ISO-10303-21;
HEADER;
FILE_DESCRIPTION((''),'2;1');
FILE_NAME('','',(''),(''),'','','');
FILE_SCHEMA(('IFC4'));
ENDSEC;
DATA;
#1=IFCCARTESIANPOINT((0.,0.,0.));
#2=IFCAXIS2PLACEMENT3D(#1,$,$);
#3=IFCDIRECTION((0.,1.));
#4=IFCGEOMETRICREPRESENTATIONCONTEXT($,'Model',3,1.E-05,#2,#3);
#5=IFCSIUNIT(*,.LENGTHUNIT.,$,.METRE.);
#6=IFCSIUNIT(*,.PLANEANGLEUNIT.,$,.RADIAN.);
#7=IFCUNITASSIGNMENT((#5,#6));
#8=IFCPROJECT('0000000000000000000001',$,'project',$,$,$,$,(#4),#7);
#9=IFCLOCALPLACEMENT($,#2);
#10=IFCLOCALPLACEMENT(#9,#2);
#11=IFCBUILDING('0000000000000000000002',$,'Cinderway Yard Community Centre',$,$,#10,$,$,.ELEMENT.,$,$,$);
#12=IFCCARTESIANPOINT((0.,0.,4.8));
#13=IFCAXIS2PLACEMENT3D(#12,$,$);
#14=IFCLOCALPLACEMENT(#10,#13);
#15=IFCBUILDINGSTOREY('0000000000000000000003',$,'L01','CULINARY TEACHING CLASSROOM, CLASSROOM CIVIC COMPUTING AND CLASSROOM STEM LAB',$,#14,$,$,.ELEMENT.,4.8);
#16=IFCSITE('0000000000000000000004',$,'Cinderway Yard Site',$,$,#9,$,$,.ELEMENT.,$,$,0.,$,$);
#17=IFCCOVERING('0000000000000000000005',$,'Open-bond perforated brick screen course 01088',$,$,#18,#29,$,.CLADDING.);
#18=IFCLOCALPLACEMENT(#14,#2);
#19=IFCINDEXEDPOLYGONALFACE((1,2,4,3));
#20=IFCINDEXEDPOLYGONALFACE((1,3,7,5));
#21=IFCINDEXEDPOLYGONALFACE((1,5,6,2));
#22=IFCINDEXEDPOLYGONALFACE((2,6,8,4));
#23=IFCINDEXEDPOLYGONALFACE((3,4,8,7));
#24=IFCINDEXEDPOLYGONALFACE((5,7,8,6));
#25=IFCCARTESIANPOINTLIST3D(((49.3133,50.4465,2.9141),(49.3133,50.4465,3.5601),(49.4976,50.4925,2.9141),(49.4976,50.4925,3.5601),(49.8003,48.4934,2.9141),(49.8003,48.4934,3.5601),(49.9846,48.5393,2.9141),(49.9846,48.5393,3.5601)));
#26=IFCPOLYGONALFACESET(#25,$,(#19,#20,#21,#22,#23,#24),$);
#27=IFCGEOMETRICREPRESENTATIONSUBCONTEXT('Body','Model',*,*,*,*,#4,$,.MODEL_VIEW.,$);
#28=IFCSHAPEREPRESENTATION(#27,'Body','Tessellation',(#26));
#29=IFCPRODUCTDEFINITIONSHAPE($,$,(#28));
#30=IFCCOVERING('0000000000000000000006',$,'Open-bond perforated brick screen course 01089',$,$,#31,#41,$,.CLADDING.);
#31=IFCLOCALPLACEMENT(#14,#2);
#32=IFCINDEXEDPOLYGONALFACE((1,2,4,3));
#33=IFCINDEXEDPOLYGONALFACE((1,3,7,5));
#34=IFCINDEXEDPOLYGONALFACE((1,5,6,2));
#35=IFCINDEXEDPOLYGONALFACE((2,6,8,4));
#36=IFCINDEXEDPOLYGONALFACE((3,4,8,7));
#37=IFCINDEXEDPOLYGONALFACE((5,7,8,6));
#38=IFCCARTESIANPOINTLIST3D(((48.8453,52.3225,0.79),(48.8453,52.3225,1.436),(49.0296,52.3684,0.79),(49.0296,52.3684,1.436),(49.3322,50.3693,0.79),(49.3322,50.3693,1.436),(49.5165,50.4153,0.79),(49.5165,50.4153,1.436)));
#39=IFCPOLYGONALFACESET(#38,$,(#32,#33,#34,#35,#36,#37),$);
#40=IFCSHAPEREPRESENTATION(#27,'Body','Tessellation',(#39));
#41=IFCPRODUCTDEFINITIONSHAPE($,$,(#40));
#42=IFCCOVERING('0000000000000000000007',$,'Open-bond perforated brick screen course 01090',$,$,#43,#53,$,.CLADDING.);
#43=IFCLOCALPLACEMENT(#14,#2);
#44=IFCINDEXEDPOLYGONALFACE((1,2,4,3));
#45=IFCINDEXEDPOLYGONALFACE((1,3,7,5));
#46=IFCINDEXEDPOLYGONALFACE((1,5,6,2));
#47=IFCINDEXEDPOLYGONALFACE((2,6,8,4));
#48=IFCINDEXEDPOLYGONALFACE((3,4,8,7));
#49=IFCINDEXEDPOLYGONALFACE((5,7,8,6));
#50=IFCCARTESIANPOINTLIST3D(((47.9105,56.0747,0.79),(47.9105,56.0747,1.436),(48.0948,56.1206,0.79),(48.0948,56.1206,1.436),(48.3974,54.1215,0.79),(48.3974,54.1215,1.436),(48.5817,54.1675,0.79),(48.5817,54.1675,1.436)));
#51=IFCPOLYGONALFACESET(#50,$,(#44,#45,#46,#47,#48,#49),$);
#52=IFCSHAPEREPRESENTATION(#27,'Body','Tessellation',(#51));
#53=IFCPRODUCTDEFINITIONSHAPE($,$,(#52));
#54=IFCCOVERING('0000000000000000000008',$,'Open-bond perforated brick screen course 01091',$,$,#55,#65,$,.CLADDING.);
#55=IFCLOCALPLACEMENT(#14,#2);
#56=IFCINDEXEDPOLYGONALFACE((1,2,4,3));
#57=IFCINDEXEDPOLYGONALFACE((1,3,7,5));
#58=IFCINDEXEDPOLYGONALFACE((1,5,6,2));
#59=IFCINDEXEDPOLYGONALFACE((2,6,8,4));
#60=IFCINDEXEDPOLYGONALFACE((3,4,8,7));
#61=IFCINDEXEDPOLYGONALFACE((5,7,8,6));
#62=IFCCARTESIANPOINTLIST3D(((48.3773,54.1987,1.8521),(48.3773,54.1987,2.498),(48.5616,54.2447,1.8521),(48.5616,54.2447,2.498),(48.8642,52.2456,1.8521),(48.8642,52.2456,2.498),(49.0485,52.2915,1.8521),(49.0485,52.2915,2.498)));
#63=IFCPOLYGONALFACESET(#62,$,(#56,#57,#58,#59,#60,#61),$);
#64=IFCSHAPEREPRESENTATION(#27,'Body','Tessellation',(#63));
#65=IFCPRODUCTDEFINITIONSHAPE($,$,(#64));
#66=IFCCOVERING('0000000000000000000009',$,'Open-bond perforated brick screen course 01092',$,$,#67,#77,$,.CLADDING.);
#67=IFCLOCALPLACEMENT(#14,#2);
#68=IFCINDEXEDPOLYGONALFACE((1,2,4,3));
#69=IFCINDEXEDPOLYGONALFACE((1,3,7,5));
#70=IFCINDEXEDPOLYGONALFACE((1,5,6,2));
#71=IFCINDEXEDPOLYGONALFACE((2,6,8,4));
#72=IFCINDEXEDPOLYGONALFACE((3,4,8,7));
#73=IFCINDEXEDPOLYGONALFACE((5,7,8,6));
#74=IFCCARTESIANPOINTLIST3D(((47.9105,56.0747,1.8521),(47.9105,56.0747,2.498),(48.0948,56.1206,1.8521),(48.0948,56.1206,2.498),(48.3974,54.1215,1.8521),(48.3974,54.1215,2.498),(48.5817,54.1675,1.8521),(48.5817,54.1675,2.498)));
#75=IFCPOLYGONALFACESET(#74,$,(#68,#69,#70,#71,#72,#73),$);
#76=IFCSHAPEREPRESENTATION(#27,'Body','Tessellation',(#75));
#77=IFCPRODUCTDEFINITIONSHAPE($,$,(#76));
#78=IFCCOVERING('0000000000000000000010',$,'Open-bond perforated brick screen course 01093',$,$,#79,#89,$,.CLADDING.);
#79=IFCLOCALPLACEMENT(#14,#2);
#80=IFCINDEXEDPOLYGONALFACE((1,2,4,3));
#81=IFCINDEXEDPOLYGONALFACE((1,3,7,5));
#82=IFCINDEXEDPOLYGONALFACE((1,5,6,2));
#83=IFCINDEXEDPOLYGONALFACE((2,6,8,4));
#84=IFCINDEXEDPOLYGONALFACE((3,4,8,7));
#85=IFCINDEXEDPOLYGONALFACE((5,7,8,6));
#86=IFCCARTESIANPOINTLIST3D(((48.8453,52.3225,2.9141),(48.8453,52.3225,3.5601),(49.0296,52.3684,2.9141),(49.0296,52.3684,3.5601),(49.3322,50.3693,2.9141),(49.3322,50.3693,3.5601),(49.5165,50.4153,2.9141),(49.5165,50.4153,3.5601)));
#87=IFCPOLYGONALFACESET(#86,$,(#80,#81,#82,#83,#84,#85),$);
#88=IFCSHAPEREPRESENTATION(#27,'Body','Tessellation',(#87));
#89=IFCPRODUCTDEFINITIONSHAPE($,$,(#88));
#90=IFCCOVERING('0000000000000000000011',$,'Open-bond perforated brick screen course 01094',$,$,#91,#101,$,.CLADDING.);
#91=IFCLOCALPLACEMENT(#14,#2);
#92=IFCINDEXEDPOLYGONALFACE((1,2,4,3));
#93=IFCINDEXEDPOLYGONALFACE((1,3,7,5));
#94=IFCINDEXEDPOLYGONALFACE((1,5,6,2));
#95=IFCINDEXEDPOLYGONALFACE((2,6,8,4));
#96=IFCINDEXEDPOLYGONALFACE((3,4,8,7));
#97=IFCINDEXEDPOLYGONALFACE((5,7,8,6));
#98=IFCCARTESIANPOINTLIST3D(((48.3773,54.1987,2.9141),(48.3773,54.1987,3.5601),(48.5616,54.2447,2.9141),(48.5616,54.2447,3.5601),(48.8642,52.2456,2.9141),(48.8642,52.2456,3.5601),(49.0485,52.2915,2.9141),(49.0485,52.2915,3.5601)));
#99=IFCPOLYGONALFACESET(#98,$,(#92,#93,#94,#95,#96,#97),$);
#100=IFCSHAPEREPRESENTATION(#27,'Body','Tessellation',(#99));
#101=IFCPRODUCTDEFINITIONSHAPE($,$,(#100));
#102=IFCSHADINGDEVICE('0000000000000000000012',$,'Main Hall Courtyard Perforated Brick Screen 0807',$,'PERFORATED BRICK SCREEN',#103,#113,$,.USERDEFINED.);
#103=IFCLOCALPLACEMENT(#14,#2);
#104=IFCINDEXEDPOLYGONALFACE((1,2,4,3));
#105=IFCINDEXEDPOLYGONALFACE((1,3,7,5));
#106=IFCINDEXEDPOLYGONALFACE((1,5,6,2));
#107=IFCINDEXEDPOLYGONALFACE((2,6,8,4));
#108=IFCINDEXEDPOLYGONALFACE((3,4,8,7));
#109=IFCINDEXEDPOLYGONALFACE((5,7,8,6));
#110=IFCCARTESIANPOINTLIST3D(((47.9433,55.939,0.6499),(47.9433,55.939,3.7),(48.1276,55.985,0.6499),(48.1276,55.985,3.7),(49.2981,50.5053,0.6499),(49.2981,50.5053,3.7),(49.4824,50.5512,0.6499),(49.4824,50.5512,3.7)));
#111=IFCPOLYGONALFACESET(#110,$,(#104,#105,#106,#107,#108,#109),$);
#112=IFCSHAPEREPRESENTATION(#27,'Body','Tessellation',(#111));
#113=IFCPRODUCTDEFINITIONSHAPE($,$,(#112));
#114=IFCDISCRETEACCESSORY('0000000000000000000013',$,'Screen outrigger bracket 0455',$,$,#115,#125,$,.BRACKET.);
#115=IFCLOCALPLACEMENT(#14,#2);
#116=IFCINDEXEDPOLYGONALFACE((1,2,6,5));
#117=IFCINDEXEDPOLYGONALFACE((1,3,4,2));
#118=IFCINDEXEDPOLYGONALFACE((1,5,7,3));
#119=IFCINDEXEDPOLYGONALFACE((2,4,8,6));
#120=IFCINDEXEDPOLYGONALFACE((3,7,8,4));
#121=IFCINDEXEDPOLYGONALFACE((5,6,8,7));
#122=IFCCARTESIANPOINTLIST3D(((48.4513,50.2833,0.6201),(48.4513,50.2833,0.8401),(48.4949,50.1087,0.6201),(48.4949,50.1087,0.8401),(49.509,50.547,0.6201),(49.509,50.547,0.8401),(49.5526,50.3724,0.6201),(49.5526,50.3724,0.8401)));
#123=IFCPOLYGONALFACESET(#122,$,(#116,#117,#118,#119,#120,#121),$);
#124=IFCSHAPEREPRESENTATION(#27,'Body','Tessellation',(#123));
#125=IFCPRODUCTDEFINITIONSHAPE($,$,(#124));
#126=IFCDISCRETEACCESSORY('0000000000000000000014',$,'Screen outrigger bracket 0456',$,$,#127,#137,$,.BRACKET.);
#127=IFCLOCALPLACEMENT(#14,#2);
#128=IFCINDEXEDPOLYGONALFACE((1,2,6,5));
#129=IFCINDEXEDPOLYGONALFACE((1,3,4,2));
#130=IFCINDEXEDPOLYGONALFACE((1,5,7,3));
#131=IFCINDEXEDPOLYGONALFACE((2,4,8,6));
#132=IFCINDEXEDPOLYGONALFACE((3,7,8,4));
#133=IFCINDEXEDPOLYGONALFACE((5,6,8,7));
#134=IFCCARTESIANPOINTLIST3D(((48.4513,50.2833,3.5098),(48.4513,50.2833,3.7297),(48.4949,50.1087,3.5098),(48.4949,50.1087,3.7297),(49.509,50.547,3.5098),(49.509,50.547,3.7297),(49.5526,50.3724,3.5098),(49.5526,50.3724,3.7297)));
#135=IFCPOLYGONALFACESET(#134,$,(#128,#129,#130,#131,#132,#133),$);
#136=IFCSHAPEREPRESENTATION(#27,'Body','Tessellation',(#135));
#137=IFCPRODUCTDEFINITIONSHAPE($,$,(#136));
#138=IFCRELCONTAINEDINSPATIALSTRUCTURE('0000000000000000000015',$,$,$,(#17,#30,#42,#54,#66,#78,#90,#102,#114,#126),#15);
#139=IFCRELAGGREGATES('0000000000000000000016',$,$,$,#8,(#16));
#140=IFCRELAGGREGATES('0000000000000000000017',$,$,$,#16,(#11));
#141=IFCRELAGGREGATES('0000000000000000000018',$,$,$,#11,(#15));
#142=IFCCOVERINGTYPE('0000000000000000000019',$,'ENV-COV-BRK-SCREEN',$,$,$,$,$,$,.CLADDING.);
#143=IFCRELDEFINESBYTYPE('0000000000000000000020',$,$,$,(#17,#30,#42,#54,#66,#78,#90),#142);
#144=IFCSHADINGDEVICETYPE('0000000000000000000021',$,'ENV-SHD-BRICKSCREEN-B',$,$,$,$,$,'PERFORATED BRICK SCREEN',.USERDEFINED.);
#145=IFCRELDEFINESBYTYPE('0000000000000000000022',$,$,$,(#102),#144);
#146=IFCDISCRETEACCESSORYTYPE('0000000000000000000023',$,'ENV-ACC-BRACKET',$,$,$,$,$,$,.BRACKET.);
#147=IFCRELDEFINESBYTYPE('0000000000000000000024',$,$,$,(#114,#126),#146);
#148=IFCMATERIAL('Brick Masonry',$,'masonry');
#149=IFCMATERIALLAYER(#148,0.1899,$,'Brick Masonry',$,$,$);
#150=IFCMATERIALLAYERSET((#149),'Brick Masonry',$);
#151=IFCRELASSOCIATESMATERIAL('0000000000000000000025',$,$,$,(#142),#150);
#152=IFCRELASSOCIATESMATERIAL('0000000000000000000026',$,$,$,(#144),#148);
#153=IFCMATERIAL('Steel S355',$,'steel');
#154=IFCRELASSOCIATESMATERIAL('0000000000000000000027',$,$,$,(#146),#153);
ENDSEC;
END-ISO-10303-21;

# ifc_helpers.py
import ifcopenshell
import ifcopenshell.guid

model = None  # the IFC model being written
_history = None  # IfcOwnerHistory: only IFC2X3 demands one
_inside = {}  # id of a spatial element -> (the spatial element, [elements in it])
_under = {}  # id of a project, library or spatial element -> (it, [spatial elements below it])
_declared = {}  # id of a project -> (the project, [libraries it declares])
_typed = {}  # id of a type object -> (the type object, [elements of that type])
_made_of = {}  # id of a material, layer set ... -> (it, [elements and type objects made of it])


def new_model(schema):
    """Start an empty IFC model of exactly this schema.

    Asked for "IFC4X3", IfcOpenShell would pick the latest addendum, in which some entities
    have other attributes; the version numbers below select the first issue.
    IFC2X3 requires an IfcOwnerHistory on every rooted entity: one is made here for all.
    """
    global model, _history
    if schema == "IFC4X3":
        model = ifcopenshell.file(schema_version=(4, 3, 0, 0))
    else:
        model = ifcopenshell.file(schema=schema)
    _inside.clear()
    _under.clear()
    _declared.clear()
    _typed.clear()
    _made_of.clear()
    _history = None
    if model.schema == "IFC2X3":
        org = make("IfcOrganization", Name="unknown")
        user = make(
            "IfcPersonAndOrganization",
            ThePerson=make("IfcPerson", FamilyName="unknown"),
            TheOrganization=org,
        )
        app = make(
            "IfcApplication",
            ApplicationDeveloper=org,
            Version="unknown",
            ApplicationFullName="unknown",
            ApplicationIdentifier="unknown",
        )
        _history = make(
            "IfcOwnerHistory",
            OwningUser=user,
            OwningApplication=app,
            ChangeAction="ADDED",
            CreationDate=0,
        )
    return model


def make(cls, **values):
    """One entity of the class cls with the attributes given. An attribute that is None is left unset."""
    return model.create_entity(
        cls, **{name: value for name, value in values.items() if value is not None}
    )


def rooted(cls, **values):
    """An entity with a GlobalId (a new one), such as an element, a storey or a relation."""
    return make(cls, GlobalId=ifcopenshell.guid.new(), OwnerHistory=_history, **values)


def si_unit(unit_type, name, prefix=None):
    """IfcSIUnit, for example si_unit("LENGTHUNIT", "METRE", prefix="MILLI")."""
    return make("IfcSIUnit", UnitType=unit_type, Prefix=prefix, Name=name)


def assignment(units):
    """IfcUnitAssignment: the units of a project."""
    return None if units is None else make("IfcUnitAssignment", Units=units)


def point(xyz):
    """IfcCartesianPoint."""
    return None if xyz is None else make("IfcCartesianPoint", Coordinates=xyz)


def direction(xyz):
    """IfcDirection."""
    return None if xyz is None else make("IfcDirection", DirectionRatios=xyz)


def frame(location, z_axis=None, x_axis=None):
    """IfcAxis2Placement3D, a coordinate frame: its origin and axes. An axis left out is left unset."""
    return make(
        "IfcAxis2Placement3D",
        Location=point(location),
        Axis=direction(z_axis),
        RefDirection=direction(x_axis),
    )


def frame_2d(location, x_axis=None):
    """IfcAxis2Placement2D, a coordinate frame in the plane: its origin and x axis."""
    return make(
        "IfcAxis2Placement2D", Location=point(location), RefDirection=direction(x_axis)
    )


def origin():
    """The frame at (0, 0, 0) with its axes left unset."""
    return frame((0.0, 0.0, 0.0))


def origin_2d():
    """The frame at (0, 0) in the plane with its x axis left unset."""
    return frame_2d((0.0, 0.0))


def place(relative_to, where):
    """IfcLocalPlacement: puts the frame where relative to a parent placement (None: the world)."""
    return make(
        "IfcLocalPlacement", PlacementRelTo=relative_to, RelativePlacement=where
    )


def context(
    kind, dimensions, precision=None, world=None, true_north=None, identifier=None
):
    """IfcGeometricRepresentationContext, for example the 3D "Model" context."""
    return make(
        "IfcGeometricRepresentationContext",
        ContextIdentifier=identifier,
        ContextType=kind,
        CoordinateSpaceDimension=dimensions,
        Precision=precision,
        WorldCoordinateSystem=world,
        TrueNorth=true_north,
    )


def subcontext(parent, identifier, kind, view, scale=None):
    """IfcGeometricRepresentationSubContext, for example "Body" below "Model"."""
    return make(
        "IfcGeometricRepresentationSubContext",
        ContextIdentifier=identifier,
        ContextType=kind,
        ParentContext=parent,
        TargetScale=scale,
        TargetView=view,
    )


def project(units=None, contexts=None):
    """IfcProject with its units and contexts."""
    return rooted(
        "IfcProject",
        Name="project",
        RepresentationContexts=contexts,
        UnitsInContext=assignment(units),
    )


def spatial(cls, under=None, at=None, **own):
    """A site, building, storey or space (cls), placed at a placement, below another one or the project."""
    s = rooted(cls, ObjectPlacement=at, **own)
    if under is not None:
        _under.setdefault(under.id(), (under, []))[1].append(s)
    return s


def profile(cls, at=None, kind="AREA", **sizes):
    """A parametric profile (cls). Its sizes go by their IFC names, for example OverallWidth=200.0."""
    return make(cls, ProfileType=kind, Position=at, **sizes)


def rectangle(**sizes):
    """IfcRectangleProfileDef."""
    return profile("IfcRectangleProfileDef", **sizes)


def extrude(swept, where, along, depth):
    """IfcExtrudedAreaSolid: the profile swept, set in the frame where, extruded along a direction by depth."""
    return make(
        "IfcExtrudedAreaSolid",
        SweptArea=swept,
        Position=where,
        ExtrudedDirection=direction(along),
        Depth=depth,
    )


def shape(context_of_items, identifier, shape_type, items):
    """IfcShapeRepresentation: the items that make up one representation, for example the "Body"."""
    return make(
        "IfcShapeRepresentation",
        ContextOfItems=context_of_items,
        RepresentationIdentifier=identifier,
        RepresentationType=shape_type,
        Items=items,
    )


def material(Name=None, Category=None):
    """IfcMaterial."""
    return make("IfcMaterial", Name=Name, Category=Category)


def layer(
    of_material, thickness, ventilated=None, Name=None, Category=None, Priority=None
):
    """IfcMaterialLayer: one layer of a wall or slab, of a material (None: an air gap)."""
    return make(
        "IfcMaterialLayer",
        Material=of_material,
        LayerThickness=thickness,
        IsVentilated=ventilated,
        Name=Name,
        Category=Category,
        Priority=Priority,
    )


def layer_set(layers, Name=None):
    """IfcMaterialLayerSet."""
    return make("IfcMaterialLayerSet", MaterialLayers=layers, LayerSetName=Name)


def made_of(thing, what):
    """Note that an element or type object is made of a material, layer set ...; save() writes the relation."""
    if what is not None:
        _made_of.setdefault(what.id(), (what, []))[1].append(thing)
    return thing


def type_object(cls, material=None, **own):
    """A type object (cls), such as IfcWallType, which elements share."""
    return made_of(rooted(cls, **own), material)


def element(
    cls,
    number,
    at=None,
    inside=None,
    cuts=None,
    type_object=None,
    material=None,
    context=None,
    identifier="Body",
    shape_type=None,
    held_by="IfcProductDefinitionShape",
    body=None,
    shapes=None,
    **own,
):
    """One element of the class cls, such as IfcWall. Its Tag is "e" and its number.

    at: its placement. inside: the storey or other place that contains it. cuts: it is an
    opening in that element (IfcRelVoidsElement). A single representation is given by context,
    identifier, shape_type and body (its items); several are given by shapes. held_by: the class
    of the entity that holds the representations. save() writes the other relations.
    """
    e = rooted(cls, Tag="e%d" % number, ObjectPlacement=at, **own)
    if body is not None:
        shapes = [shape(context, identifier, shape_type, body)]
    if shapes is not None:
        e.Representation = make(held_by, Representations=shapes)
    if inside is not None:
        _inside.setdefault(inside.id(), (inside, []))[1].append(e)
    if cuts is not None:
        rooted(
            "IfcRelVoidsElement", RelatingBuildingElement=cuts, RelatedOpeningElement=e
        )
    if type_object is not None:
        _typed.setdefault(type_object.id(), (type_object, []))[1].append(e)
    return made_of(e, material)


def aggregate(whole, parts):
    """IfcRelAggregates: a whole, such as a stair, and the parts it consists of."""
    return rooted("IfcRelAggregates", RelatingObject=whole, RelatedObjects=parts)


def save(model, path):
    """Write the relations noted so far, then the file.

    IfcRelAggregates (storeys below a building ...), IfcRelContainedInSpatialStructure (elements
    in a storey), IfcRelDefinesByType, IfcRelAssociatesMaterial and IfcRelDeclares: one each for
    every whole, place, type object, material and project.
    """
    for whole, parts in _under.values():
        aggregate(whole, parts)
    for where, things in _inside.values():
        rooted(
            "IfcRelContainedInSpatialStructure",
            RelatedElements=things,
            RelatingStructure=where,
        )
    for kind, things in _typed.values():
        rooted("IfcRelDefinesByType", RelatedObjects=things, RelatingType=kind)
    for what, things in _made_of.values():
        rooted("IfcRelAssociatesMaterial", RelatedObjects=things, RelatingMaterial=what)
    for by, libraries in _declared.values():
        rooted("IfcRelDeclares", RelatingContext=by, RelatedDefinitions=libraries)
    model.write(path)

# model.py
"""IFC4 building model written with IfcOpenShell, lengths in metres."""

from ifc_helpers import new_model, si_unit, direction, frame, origin, origin_2d, place, context, subcontext, project, spatial, rectangle, extrude, material, layer, layer_set, type_object, element, save


model = new_model("IFC4")

# Units and contexts
model_context = context("Model", 3, precision=1e-05, world=origin(), true_north=direction((0.0, 1.0)))
body_context = subcontext(model_context, "Body", "Model", "MODEL_VIEW")
ifc_project = project(units=[si_unit("LENGTHUNIT", "METRE"), si_unit("PLANEANGLEUNIT", "RADIAN")], contexts=[model_context])

# Site, building, storey
site_placement = place(None, origin())
site = spatial("IfcSite", under=ifc_project, at=site_placement, Name="Cinderway Yard Site", CompositionType="ELEMENT", RefElevation=0.0)
building_placement = place(site_placement, origin())
building = spatial("IfcBuilding", under=site, at=building_placement, Name="Cinderway Yard Community Centre", CompositionType="ELEMENT")
storey_placement = place(building_placement, frame((0.0, 0.0, 4.8)))
storey = spatial("IfcBuildingStorey", under=building, at=storey_placement, Name="L01", Description="CULINARY TEACHING CLASSROOM, CLASSROOM CIVIC COMPUTING AND CLASSROOM STEM LAB", CompositionType="ELEMENT", Elevation=4.8)

# Shared definitions
ifc_material_1 = material(Name="Steel S355", Category="steel")

# Coverings
ifc_material_2 = material(Name="Brick Masonry", Category="masonry")
ifc_layer_1 = layer(ifc_material_2, 0.1899, Name="Brick Masonry")
ifc_layer_set_1 = layer_set([ifc_layer_1], Name="Brick Masonry")
covering_type = type_object("IfcCoveringType", Name="ENV-COV-BRK-SCREEN", PredefinedType="CLADDING", material=ifc_layer_set_1)
for number, where, z_axis, x_axis, name in (
    (1, (49.6489, 49.4929, 2.9141), (0.0, 0.0, 1.0), (0.241922, -0.970296, 0.0), "Open-bond perforated brick screen course 01088"),
    (2, (49.1809, 51.3689, 0.79), (0.0, 0.0, 1.0), (0.241922, -0.970296, 0.0), "Open-bond perforated brick screen course 01089"),
    (3, (48.2461, 55.1211, 0.79), (0.0, 0.0, 1.0), (0.241922, -0.970296, 0.0), "Open-bond perforated brick screen course 01090"),
    (4, (48.7129, 53.2451, 1.8521), (0.0, 0.0, 1.0), (0.241922, -0.970296, 0.0), "Open-bond perforated brick screen course 01091"),
    (5, (48.2461, 55.1211, 1.8521), (0.0, 0.0, 1.0), (0.241922, -0.970296, 0.0), "Open-bond perforated brick screen course 01092"),
    (6, (49.1809, 51.3689, 2.9141), (0.0, 0.0, 1.0), (0.241922, -0.970296, 0.0), "Open-bond perforated brick screen course 01093"),
    (7, (48.7129, 53.2451, 2.9141), (0.0, 0.0, 1.0), (0.241922, -0.970296, 0.0), "Open-bond perforated brick screen course 01094"),
):
    element("IfcCovering", number, at=place(storey_placement, frame(where, z_axis=z_axis, x_axis=x_axis)), inside=storey, type_object=covering_type, Name=name, PredefinedType="CLADDING", context=body_context, shape_type="SweptSolid", body=[
        extrude(rectangle(XDim=2.0129, YDim=0.1899, at=origin_2d()), origin(), (0.0, 0.0, 1.0), 0.646),
    ])

# Shading device
shading_device_type = type_object("IfcShadingDeviceType", Name="ENV-SHD-BRICKSCREEN-B", ElementType="PERFORATED BRICK SCREEN", PredefinedType="USERDEFINED", material=ifc_material_2)
shading_device_placement = place(storey_placement, frame((48.7129, 53.2451, 0.6499), z_axis=(0.0, 0.0, 1.0), x_axis=(0.241922, -0.970296, 0.0)))
element("IfcShadingDevice", 8, at=shading_device_placement, inside=storey, type_object=shading_device_type, Name="Main Hall Courtyard Perforated Brick Screen 0807", ObjectType="PERFORATED BRICK SCREEN", PredefinedType="USERDEFINED", context=body_context, shape_type="SweptSolid", body=[
    extrude(rectangle(XDim=5.6001, YDim=0.1899, at=origin_2d()), origin(), (0.0, 0.0, 1.0), 3.05),
])

# Discrete accessories
discrete_accessory_type = type_object("IfcDiscreteAccessoryType", Name="ENV-ACC-BRACKET", PredefinedType="BRACKET", material=ifc_material_1)
for number, where, z_axis, x_axis, name in (
    (9, (49.002, 50.3279, 0.6201), (0.0, 0.0, 1.0), (0.970296, 0.241922, 0.0), "Screen outrigger bracket 0455"),
    (10, (49.002, 50.3279, 3.5098), (0.0, 0.0, 1.0), (0.970296, 0.241922, 0.0), "Screen outrigger bracket 0456"),
):
    element("IfcDiscreteAccessory", number, at=place(storey_placement, frame(where, z_axis=z_axis, x_axis=x_axis)), inside=storey, type_object=discrete_accessory_type, Name=name, PredefinedType="BRACKET", context=body_context, shape_type="SweptSolid", body=[
        extrude(rectangle(XDim=1.0901, YDim=0.1799, at=origin_2d()), origin(), (0.0, 0.0, 1.0), 0.22),
    ])

save(model, "model.ifc")
